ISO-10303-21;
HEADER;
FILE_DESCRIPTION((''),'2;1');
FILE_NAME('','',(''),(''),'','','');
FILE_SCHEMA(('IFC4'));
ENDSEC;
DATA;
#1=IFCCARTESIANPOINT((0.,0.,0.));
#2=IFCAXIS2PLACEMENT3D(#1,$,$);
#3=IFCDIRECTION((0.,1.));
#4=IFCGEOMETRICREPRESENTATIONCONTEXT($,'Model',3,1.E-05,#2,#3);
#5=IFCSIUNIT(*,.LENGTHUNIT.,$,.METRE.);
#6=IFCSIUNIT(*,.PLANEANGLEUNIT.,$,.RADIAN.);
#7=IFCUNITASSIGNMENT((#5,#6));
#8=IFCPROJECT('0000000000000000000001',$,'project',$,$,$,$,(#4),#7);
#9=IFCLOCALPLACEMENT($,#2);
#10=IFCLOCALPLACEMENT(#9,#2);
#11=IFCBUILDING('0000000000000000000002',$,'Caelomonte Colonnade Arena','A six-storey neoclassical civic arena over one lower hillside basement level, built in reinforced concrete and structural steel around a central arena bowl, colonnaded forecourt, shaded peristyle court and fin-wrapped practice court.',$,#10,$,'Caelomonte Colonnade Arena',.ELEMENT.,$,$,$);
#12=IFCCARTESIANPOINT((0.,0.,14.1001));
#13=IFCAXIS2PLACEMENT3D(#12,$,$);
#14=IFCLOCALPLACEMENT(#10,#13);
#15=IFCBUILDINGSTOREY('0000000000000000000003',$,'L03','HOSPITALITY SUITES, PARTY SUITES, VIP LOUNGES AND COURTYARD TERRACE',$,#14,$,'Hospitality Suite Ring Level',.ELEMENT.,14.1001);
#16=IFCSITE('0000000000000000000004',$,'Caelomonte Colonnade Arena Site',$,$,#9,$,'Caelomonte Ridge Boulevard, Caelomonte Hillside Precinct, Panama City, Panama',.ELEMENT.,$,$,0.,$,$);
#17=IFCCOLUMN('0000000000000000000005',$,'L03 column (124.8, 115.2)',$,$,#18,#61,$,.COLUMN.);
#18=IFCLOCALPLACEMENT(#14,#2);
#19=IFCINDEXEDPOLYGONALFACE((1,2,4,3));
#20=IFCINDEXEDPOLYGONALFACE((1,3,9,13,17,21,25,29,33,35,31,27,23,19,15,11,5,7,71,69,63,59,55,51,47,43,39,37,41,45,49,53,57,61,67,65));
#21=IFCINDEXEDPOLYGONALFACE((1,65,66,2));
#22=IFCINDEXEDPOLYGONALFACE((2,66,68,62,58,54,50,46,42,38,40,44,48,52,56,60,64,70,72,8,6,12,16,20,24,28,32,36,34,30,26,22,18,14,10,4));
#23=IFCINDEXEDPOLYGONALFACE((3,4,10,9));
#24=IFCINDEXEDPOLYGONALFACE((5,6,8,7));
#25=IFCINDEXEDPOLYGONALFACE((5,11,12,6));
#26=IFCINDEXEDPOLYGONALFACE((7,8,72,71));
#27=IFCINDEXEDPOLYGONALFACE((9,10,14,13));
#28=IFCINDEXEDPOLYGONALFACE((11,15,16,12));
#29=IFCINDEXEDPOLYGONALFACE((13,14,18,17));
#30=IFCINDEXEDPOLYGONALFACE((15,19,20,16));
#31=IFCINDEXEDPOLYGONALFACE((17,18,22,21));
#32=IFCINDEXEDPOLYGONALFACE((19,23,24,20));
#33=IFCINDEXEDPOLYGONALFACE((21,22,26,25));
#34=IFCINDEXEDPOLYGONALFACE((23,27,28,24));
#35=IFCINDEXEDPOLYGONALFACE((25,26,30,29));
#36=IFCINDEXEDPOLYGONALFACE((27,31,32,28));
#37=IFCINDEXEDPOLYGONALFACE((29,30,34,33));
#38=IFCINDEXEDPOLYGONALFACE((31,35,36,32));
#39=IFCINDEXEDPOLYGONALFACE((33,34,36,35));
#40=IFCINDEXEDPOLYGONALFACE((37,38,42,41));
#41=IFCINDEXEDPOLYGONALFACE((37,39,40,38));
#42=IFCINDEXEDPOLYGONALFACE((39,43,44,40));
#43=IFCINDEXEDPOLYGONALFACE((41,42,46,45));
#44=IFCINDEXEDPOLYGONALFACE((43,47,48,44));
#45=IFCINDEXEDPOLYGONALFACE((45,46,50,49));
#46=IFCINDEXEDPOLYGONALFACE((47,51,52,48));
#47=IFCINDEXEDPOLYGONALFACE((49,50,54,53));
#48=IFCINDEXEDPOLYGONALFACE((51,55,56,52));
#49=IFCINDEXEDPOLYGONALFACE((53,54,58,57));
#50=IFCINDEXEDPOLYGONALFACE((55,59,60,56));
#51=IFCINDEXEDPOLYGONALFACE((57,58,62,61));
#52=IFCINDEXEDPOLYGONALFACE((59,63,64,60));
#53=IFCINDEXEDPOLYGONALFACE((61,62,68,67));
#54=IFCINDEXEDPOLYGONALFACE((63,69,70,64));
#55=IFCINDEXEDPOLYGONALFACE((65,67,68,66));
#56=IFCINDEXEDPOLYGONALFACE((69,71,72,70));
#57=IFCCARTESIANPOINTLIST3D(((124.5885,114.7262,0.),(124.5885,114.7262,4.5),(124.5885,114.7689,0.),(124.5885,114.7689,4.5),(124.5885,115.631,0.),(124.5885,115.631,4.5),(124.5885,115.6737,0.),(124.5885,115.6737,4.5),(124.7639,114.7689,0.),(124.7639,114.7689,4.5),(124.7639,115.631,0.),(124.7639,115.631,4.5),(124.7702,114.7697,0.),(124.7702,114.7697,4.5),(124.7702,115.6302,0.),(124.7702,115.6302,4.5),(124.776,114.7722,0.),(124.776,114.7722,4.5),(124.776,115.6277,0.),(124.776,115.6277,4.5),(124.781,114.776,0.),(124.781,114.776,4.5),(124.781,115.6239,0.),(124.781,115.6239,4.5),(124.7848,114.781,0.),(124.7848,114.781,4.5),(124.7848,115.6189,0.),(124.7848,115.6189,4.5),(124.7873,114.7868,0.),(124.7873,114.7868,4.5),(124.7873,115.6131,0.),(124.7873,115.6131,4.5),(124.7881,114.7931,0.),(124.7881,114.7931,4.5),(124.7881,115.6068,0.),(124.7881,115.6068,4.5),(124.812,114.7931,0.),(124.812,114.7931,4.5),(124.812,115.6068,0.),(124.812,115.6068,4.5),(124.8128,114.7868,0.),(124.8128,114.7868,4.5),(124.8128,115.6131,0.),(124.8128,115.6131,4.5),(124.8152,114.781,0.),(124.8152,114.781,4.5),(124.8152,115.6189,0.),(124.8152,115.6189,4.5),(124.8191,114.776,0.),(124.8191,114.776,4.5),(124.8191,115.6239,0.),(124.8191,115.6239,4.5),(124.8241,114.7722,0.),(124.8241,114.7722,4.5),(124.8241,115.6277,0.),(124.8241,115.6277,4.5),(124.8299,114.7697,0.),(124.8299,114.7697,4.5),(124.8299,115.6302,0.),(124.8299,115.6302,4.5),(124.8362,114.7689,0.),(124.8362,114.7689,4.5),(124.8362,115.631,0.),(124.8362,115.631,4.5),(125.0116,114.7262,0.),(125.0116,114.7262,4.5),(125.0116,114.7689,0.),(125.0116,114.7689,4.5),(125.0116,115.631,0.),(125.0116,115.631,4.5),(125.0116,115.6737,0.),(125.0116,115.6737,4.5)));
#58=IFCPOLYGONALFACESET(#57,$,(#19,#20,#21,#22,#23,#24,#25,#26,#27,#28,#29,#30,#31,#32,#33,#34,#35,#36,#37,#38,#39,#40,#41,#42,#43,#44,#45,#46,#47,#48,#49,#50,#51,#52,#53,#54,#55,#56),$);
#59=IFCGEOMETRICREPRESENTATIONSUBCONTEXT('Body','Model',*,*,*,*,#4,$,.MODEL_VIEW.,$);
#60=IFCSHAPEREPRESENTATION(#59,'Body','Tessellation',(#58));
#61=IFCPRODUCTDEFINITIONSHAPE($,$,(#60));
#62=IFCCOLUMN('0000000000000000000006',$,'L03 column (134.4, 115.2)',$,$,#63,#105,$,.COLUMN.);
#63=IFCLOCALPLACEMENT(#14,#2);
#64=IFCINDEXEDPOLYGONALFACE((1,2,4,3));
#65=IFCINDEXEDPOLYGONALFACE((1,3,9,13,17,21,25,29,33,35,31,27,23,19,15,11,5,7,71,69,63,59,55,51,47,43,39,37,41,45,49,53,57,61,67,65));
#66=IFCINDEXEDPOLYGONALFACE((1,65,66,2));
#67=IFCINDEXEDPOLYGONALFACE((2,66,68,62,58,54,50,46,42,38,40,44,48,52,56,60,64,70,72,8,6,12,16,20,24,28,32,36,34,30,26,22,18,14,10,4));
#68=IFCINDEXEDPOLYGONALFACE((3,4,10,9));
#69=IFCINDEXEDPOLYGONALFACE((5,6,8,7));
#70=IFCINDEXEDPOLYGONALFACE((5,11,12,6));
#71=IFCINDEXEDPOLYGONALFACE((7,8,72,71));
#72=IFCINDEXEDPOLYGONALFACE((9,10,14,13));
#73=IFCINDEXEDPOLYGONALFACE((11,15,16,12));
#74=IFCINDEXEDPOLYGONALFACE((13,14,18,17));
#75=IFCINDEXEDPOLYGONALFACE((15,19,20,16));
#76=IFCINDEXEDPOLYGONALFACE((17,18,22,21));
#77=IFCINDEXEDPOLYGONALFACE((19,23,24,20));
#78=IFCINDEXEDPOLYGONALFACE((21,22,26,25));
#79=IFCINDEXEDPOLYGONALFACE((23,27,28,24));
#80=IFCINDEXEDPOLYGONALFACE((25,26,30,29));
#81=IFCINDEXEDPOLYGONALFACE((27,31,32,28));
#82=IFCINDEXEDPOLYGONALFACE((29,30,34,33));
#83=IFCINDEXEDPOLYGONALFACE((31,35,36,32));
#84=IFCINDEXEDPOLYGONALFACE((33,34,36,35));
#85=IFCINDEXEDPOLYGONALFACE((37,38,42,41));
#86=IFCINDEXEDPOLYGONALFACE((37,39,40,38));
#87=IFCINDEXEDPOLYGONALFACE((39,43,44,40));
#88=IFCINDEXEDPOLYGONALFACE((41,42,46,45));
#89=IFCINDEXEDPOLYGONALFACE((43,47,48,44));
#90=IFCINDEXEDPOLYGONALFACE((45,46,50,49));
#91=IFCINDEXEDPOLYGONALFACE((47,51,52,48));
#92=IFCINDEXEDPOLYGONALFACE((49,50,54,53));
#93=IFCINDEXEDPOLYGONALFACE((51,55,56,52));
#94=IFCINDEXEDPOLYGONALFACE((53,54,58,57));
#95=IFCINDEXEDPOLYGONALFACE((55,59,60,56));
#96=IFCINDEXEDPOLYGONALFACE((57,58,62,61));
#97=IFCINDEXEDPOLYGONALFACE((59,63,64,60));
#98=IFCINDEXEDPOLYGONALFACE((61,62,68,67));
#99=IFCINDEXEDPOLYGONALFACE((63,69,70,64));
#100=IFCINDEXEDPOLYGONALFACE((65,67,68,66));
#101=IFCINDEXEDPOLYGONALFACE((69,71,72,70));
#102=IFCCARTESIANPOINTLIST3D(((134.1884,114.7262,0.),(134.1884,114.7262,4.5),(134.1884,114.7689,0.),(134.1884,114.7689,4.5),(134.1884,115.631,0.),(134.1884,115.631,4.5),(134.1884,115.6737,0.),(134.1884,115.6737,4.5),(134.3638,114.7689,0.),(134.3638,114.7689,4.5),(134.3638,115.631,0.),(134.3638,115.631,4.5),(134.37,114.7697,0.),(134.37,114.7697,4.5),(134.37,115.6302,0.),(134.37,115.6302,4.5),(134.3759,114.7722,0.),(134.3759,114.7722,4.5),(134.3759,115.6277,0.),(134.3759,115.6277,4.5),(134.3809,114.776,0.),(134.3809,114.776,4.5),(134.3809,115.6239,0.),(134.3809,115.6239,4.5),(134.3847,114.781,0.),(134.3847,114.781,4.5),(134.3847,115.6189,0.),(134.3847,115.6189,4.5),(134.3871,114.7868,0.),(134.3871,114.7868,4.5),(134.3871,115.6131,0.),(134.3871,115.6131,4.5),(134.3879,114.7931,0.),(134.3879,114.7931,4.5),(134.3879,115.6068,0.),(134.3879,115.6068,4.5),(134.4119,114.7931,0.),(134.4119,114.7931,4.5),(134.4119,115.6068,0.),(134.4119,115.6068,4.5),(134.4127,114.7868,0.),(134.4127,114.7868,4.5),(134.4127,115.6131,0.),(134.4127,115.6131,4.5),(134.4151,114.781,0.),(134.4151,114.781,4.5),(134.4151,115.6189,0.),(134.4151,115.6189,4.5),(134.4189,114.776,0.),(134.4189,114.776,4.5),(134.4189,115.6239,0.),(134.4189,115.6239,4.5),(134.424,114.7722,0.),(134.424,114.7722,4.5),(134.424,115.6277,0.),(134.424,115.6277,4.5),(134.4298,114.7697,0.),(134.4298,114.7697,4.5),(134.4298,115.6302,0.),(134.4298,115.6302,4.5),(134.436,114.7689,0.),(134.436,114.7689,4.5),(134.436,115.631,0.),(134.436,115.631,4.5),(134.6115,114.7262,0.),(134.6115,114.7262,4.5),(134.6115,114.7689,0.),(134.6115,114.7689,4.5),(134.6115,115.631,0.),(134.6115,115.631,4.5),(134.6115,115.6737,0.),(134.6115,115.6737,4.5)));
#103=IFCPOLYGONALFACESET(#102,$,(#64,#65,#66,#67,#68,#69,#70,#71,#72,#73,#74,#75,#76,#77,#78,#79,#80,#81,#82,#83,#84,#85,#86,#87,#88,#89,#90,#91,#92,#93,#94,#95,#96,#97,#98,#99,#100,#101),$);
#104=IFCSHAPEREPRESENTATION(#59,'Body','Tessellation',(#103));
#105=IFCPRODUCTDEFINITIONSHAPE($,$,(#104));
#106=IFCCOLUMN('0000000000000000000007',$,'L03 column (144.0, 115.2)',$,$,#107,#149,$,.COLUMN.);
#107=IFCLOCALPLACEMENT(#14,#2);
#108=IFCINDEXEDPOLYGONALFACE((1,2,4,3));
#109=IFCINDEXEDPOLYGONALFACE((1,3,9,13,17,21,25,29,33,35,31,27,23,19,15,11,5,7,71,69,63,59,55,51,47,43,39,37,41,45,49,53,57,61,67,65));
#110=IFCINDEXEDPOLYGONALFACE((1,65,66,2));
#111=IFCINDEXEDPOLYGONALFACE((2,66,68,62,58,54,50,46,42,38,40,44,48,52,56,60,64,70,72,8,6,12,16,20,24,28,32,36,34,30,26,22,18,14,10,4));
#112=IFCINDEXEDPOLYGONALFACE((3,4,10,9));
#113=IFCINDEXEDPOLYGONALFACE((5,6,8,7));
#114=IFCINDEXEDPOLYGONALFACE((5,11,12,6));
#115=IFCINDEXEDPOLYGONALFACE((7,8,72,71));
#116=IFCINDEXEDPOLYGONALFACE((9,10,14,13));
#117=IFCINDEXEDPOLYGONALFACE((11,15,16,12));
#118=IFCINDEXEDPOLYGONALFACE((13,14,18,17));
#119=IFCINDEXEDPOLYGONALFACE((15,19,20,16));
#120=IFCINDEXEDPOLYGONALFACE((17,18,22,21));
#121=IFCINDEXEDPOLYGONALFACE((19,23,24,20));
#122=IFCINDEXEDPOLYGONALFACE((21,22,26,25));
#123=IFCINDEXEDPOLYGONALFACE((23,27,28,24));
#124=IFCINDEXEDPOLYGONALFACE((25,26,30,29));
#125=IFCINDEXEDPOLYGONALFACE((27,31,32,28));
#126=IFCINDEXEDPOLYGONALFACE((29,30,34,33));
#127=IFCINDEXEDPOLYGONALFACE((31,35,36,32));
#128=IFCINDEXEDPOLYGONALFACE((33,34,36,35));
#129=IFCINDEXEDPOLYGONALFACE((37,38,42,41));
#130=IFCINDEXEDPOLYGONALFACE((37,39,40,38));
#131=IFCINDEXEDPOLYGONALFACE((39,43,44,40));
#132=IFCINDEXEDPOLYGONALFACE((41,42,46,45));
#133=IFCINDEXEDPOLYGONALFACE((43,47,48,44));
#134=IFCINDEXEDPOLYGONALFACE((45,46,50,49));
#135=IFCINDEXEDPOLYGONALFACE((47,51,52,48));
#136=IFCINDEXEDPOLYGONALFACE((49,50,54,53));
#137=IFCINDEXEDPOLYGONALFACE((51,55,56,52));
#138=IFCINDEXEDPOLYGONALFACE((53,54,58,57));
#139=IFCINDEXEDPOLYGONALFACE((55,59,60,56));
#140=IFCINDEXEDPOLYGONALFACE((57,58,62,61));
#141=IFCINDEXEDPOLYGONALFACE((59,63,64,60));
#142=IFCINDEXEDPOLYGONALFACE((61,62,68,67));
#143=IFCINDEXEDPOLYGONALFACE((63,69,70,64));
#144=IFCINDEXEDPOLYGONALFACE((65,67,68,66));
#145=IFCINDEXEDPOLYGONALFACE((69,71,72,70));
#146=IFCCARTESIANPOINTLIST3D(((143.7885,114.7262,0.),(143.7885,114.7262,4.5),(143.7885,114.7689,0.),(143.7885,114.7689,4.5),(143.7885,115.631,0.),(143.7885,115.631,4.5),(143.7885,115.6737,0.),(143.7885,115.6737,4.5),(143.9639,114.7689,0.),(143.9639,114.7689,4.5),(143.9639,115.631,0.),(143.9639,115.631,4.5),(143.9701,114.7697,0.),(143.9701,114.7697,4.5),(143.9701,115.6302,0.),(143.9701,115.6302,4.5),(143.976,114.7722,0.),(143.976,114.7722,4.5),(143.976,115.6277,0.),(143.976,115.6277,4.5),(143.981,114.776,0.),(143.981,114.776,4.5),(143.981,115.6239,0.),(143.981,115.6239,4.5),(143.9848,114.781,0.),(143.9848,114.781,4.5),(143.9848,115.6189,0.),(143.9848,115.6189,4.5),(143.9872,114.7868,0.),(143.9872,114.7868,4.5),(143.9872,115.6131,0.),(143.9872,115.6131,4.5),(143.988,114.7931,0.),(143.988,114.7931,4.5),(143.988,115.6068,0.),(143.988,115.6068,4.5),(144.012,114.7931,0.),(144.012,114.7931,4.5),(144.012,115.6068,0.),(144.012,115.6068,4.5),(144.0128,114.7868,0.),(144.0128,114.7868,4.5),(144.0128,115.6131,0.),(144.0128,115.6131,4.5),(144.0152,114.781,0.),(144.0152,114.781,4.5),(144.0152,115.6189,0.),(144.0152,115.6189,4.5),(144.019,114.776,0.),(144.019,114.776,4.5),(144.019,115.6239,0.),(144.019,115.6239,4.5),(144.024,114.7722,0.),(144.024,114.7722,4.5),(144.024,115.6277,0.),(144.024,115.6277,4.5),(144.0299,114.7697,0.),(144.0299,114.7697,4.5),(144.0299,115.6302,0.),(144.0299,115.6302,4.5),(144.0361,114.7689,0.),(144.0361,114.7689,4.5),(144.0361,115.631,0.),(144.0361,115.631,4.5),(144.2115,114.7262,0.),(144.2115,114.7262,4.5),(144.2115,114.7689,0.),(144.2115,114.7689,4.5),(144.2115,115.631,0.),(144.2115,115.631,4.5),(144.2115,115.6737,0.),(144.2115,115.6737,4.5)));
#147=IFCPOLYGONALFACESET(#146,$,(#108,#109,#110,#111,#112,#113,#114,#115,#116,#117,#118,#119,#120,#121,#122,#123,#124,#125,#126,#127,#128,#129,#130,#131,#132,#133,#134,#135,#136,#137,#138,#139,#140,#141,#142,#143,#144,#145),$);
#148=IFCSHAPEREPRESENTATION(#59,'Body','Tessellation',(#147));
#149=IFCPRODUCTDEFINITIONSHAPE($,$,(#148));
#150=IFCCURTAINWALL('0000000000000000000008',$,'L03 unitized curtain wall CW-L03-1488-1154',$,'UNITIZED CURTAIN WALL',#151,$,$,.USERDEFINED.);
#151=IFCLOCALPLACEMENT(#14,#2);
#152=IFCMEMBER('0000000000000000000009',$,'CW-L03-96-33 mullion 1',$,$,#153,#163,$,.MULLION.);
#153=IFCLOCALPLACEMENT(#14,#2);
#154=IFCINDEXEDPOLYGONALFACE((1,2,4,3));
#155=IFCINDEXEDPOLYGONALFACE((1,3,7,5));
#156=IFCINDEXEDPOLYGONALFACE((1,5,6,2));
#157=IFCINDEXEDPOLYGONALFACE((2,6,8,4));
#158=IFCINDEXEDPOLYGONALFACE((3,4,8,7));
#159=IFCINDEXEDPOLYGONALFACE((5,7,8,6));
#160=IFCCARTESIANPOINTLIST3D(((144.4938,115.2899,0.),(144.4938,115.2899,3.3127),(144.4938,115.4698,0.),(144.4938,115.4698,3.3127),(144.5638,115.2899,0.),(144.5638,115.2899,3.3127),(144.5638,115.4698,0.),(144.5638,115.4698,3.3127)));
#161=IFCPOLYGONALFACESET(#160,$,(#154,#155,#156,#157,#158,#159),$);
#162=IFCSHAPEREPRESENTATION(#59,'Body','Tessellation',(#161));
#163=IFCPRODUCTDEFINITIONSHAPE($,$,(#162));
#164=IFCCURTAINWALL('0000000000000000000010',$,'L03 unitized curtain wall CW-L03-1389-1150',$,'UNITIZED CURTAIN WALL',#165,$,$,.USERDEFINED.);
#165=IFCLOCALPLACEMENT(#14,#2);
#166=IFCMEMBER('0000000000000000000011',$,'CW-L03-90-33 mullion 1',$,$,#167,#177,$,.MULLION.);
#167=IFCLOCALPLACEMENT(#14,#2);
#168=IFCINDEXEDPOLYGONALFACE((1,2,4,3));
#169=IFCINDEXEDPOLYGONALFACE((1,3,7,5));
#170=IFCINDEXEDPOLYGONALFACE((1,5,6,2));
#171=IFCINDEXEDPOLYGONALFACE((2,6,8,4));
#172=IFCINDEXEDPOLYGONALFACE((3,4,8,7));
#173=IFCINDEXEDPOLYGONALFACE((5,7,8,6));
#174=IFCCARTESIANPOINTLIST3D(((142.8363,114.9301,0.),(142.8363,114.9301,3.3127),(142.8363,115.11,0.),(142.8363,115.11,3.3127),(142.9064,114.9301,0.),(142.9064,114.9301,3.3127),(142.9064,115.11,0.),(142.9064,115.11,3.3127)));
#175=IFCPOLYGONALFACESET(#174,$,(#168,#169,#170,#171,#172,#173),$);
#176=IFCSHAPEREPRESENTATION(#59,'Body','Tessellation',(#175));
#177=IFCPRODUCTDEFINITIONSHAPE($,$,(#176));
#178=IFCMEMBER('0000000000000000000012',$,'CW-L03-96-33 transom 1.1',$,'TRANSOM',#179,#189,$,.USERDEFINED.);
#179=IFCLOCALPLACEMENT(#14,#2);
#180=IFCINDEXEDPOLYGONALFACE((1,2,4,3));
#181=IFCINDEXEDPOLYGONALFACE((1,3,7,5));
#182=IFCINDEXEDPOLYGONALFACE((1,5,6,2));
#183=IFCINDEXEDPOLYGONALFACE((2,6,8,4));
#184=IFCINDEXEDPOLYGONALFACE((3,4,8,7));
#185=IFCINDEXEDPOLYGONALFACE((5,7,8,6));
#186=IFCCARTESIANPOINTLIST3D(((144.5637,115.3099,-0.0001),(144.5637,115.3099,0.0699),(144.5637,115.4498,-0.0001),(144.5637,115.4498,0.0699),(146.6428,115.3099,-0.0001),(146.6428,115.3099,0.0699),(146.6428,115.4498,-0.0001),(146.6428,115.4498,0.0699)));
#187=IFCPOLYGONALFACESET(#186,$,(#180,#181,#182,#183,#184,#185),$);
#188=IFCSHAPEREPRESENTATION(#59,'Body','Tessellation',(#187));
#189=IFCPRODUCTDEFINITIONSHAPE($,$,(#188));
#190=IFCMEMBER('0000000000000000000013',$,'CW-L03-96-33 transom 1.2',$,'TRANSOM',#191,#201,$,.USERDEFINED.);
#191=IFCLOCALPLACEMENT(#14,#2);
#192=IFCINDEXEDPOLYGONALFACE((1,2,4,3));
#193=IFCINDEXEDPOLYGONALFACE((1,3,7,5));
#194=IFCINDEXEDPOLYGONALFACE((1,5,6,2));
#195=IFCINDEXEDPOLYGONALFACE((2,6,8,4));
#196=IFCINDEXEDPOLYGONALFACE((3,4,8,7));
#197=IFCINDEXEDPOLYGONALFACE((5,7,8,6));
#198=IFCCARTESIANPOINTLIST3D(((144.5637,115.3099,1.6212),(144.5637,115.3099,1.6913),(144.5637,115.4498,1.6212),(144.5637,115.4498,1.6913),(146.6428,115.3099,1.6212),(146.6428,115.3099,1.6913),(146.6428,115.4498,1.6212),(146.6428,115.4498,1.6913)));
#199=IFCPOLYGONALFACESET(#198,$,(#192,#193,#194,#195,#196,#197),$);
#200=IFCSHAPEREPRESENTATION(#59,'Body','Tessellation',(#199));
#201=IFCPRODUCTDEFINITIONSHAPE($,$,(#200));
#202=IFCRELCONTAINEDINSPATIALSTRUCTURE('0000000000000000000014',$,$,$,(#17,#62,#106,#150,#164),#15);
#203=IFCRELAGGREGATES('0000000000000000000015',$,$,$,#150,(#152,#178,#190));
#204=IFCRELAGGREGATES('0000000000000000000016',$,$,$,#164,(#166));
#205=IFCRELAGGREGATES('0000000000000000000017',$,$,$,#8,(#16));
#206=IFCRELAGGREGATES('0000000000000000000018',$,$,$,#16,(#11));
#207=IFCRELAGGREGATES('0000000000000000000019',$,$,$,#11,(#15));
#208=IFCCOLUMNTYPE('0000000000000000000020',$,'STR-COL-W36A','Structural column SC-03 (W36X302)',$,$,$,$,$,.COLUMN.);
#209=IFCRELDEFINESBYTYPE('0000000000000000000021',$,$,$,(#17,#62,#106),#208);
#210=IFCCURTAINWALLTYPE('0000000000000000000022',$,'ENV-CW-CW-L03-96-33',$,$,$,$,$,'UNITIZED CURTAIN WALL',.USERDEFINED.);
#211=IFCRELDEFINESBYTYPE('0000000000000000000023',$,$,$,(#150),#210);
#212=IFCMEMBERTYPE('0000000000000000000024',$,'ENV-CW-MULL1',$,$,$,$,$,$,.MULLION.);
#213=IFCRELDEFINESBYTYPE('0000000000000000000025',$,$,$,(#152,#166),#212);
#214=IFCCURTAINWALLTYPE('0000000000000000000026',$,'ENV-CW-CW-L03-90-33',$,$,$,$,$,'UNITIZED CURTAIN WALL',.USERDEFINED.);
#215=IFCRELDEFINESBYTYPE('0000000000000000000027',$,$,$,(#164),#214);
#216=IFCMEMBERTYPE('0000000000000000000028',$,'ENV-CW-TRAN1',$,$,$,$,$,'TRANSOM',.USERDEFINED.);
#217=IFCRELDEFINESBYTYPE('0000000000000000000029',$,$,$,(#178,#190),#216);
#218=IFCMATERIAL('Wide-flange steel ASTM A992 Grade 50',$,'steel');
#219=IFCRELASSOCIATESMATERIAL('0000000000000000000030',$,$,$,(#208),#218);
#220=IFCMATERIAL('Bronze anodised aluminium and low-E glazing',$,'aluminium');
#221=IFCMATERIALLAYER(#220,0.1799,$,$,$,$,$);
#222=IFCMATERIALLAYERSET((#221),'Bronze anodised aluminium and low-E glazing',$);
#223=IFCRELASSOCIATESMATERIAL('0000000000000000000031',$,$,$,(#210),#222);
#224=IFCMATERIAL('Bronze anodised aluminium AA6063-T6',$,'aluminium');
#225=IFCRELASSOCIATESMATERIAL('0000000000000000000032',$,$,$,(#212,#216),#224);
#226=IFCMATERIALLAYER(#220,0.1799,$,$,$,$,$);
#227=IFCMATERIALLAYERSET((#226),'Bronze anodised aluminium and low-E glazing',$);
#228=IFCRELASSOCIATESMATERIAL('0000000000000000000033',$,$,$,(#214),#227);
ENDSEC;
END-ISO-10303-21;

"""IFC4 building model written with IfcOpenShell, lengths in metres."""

from ifc_helpers import new_model, si_unit, direction, frame, origin, origin_2d, place, context, subcontext, project, spatial, rectangle, i_section, extrude, material, layer, layer_set, material_profile, profile_set, type_object, element, aggregate, save


model = new_model("IFC4")

# Units and contexts
model_context = context("Model", 3, precision=1e-05, world=origin(), true_north=direction((0.0, 1.0)))
body_context = subcontext(model_context, "Body", "Model", "MODEL_VIEW")
ifc_project = project(units=[si_unit("LENGTHUNIT", "METRE"), si_unit("PLANEANGLEUNIT", "RADIAN")], contexts=[model_context])

# Site, building, storey
site_placement = place(None, origin())
site = spatial("IfcSite", under=ifc_project, at=site_placement, Name="Caelomonte Colonnade Arena Site", LongName="Caelomonte Ridge Boulevard, Caelomonte Hillside Precinct, Panama City, Panama", CompositionType="ELEMENT", RefElevation=0.0)
building_placement = place(site_placement, origin())
building = spatial("IfcBuilding", under=site, at=building_placement, Name="Caelomonte Colonnade Arena", Description="A six-storey neoclassical civic arena over one lower hillside basement level, built in reinforced concrete and structural steel around a central arena bowl, colonnaded forecourt, shaded peristyle court and fin-wrapped practice court.", LongName="Caelomonte Colonnade Arena", CompositionType="ELEMENT")
storey_placement = place(building_placement, frame((0.0, 0.0, 14.1001)))
storey = spatial("IfcBuildingStorey", under=building, at=storey_placement, Name="L03", Description="HOSPITALITY SUITES, PARTY SUITES, VIP LOUNGES AND COURTYARD TERRACE", LongName="Hospitality Suite Ring Level", CompositionType="ELEMENT", Elevation=14.1001)

# Columns
ifc_material_1 = material(Name="Wide-flange steel ASTM A992 Grade 50", Category="steel")
ifc_material_profile_1 = material_profile(ifc_material_1, i_section(OverallWidth=0.4231, OverallDepth=0.9475, WebThickness=0.0239, FlangeThickness=0.0427, FilletRadius=0.0242, at=origin_2d()), Name="W36X302")
ifc_profile_set_1 = profile_set([ifc_material_profile_1], Name="Wide-flange steel ASTM A992 Grade 50")
column_type = type_object("IfcColumnType", Name="STR-COL-W36A", Description="Structural column SC-03 (W36X302)", PredefinedType="COLUMN", material=ifc_profile_set_1)
for number, where, z_axis, x_axis, name in (
    (1, (124.8, 115.2, 0.0), (0.0, 0.0, 1.0), (1.0, 0.0, 0.0), "L03 column (124.8, 115.2)"),
    (2, (134.3999, 115.2, 0.0), (0.0, 0.0, 1.0), (1.0, 0.0, 0.0), "L03 column (134.4, 115.2)"),
    (3, (144.0, 115.2, 0.0), (0.0, 0.0, 1.0), (1.0, 0.0, 0.0), "L03 column (144.0, 115.2)"),
):
    element("IfcColumn", number, at=place(storey_placement, frame(where, z_axis=z_axis, x_axis=x_axis)), inside=storey, type_object=column_type, Name=name, PredefinedType="COLUMN", context=body_context, shape_type="SweptSolid", body=[
        extrude(i_section(OverallWidth=0.4231, OverallDepth=0.9475, WebThickness=0.0239, FlangeThickness=0.0427, FilletRadius=0.0242, at=origin_2d()), origin(), (0.0, 0.0, 1.0), 4.5),
    ])

# Curtain walls, members
ifc_material_2 = material(Name="Bronze anodised aluminium and low-E glazing", Category="aluminium")
ifc_layer_1 = layer(ifc_material_2, 0.1799)
ifc_layer_set_1 = layer_set([ifc_layer_1], Name="Bronze anodised aluminium and low-E glazing")
curtain_wall_type_1 = type_object("IfcCurtainWallType", Name="ENV-CW-CW-L03-96-33", ElementType="UNITIZED CURTAIN WALL", PredefinedType="USERDEFINED", material=ifc_layer_set_1)
curtain_wall_1_placement = place(storey_placement, origin())
curtain_wall_1 = element("IfcCurtainWall", 4, at=curtain_wall_1_placement, inside=storey, type_object=curtain_wall_type_1, Name="L03 unitized curtain wall CW-L03-1488-1154", ObjectType="UNITIZED CURTAIN WALL", PredefinedType="USERDEFINED")
ifc_material_3 = material(Name="Bronze anodised aluminium AA6063-T6", Category="aluminium")
ifc_material_profile_2 = material_profile(ifc_material_3, rectangle(XDim=0.0701, YDim=0.1799, at=origin_2d()), Name="CWM-70X180")
ifc_profile_set_2 = profile_set([ifc_material_profile_2], Name="Bronze anodised aluminium AA6063-T6")
member_type_1 = type_object("IfcMemberType", Name="ENV-CW-MULL1", PredefinedType="MULLION", material=ifc_profile_set_2)
member_1_placement = place(storey_placement, frame((144.5288, 115.3799, 0.0), z_axis=(0.0, 0.0, 1.0), x_axis=(1.0, 0.0, 0.0)))
member_1 = element("IfcMember", 5, at=member_1_placement, type_object=member_type_1, Name="CW-L03-96-33 mullion 1", PredefinedType="MULLION", context=body_context, shape_type="SweptSolid", body=[
    extrude(rectangle(XDim=0.0701, YDim=0.1799, at=origin_2d()), origin(), (0.0, 0.0, 1.0), 3.3127),
])
ifc_layer_2 = layer(ifc_material_2, 0.1799)
ifc_layer_set_2 = layer_set([ifc_layer_2], Name="Bronze anodised aluminium and low-E glazing")
curtain_wall_type_2 = type_object("IfcCurtainWallType", Name="ENV-CW-CW-L03-90-33", ElementType="UNITIZED CURTAIN WALL", PredefinedType="USERDEFINED", material=ifc_layer_set_2)
curtain_wall_2_placement = place(storey_placement, origin())
curtain_wall_2 = element("IfcCurtainWall", 6, at=curtain_wall_2_placement, inside=storey, type_object=curtain_wall_type_2, Name="L03 unitized curtain wall CW-L03-1389-1150", ObjectType="UNITIZED CURTAIN WALL", PredefinedType="USERDEFINED")
member_2_placement = place(storey_placement, frame((142.8713, 115.02, 0.0), z_axis=(0.0, 0.0, 1.0), x_axis=(-1.0, 0.0, 0.0)))
member_2 = element("IfcMember", 7, at=member_2_placement, type_object=member_type_1, Name="CW-L03-90-33 mullion 1", PredefinedType="MULLION", context=body_context, shape_type="SweptSolid", body=[
    extrude(rectangle(XDim=0.0701, YDim=0.1799, at=origin_2d()), origin(), (0.0, 0.0, 1.0), 3.3127),
])

# Members
ifc_material_profile_3 = material_profile(ifc_material_3, rectangle(XDim=0.0701, YDim=0.1399, at=origin_2d()), Name="CWT-70X140")
ifc_profile_set_3 = profile_set([ifc_material_profile_3], Name="Bronze anodised aluminium AA6063-T6")
member_type_2 = type_object("IfcMemberType", Name="ENV-CW-TRAN1", ElementType="TRANSOM", PredefinedType="USERDEFINED", material=ifc_profile_set_3)
member_3_placement = place(storey_placement, frame((144.5637, 115.3799, 0.0349), z_axis=(1.0, 0.0, 0.0), x_axis=(0.0, 0.0, 1.0)))
member_3 = element("IfcMember", 8, at=member_3_placement, type_object=member_type_2, Name="CW-L03-96-33 transom 1.1", ObjectType="TRANSOM", PredefinedType="USERDEFINED", context=body_context, shape_type="SweptSolid", body=[
    extrude(rectangle(XDim=0.0701, YDim=0.1399, at=origin_2d()), origin(), (0.0, 0.0, 1.0), 2.0791),
])
member_4_placement = place(storey_placement, frame((144.5637, 115.3799, 1.6562), z_axis=(1.0, 0.0, 0.0), x_axis=(0.0, 0.0, 1.0)))
member_4 = element("IfcMember", 9, at=member_4_placement, type_object=member_type_2, Name="CW-L03-96-33 transom 1.2", ObjectType="TRANSOM", PredefinedType="USERDEFINED", context=body_context, shape_type="SweptSolid", body=[
    extrude(rectangle(XDim=0.0701, YDim=0.1399, at=origin_2d()), origin(), (0.0, 0.0, 1.0), 2.0791),
])
aggregate(curtain_wall_1, [member_1, member_3, member_4])
aggregate(curtain_wall_2, [member_2])

save(model, "model.ifc")
